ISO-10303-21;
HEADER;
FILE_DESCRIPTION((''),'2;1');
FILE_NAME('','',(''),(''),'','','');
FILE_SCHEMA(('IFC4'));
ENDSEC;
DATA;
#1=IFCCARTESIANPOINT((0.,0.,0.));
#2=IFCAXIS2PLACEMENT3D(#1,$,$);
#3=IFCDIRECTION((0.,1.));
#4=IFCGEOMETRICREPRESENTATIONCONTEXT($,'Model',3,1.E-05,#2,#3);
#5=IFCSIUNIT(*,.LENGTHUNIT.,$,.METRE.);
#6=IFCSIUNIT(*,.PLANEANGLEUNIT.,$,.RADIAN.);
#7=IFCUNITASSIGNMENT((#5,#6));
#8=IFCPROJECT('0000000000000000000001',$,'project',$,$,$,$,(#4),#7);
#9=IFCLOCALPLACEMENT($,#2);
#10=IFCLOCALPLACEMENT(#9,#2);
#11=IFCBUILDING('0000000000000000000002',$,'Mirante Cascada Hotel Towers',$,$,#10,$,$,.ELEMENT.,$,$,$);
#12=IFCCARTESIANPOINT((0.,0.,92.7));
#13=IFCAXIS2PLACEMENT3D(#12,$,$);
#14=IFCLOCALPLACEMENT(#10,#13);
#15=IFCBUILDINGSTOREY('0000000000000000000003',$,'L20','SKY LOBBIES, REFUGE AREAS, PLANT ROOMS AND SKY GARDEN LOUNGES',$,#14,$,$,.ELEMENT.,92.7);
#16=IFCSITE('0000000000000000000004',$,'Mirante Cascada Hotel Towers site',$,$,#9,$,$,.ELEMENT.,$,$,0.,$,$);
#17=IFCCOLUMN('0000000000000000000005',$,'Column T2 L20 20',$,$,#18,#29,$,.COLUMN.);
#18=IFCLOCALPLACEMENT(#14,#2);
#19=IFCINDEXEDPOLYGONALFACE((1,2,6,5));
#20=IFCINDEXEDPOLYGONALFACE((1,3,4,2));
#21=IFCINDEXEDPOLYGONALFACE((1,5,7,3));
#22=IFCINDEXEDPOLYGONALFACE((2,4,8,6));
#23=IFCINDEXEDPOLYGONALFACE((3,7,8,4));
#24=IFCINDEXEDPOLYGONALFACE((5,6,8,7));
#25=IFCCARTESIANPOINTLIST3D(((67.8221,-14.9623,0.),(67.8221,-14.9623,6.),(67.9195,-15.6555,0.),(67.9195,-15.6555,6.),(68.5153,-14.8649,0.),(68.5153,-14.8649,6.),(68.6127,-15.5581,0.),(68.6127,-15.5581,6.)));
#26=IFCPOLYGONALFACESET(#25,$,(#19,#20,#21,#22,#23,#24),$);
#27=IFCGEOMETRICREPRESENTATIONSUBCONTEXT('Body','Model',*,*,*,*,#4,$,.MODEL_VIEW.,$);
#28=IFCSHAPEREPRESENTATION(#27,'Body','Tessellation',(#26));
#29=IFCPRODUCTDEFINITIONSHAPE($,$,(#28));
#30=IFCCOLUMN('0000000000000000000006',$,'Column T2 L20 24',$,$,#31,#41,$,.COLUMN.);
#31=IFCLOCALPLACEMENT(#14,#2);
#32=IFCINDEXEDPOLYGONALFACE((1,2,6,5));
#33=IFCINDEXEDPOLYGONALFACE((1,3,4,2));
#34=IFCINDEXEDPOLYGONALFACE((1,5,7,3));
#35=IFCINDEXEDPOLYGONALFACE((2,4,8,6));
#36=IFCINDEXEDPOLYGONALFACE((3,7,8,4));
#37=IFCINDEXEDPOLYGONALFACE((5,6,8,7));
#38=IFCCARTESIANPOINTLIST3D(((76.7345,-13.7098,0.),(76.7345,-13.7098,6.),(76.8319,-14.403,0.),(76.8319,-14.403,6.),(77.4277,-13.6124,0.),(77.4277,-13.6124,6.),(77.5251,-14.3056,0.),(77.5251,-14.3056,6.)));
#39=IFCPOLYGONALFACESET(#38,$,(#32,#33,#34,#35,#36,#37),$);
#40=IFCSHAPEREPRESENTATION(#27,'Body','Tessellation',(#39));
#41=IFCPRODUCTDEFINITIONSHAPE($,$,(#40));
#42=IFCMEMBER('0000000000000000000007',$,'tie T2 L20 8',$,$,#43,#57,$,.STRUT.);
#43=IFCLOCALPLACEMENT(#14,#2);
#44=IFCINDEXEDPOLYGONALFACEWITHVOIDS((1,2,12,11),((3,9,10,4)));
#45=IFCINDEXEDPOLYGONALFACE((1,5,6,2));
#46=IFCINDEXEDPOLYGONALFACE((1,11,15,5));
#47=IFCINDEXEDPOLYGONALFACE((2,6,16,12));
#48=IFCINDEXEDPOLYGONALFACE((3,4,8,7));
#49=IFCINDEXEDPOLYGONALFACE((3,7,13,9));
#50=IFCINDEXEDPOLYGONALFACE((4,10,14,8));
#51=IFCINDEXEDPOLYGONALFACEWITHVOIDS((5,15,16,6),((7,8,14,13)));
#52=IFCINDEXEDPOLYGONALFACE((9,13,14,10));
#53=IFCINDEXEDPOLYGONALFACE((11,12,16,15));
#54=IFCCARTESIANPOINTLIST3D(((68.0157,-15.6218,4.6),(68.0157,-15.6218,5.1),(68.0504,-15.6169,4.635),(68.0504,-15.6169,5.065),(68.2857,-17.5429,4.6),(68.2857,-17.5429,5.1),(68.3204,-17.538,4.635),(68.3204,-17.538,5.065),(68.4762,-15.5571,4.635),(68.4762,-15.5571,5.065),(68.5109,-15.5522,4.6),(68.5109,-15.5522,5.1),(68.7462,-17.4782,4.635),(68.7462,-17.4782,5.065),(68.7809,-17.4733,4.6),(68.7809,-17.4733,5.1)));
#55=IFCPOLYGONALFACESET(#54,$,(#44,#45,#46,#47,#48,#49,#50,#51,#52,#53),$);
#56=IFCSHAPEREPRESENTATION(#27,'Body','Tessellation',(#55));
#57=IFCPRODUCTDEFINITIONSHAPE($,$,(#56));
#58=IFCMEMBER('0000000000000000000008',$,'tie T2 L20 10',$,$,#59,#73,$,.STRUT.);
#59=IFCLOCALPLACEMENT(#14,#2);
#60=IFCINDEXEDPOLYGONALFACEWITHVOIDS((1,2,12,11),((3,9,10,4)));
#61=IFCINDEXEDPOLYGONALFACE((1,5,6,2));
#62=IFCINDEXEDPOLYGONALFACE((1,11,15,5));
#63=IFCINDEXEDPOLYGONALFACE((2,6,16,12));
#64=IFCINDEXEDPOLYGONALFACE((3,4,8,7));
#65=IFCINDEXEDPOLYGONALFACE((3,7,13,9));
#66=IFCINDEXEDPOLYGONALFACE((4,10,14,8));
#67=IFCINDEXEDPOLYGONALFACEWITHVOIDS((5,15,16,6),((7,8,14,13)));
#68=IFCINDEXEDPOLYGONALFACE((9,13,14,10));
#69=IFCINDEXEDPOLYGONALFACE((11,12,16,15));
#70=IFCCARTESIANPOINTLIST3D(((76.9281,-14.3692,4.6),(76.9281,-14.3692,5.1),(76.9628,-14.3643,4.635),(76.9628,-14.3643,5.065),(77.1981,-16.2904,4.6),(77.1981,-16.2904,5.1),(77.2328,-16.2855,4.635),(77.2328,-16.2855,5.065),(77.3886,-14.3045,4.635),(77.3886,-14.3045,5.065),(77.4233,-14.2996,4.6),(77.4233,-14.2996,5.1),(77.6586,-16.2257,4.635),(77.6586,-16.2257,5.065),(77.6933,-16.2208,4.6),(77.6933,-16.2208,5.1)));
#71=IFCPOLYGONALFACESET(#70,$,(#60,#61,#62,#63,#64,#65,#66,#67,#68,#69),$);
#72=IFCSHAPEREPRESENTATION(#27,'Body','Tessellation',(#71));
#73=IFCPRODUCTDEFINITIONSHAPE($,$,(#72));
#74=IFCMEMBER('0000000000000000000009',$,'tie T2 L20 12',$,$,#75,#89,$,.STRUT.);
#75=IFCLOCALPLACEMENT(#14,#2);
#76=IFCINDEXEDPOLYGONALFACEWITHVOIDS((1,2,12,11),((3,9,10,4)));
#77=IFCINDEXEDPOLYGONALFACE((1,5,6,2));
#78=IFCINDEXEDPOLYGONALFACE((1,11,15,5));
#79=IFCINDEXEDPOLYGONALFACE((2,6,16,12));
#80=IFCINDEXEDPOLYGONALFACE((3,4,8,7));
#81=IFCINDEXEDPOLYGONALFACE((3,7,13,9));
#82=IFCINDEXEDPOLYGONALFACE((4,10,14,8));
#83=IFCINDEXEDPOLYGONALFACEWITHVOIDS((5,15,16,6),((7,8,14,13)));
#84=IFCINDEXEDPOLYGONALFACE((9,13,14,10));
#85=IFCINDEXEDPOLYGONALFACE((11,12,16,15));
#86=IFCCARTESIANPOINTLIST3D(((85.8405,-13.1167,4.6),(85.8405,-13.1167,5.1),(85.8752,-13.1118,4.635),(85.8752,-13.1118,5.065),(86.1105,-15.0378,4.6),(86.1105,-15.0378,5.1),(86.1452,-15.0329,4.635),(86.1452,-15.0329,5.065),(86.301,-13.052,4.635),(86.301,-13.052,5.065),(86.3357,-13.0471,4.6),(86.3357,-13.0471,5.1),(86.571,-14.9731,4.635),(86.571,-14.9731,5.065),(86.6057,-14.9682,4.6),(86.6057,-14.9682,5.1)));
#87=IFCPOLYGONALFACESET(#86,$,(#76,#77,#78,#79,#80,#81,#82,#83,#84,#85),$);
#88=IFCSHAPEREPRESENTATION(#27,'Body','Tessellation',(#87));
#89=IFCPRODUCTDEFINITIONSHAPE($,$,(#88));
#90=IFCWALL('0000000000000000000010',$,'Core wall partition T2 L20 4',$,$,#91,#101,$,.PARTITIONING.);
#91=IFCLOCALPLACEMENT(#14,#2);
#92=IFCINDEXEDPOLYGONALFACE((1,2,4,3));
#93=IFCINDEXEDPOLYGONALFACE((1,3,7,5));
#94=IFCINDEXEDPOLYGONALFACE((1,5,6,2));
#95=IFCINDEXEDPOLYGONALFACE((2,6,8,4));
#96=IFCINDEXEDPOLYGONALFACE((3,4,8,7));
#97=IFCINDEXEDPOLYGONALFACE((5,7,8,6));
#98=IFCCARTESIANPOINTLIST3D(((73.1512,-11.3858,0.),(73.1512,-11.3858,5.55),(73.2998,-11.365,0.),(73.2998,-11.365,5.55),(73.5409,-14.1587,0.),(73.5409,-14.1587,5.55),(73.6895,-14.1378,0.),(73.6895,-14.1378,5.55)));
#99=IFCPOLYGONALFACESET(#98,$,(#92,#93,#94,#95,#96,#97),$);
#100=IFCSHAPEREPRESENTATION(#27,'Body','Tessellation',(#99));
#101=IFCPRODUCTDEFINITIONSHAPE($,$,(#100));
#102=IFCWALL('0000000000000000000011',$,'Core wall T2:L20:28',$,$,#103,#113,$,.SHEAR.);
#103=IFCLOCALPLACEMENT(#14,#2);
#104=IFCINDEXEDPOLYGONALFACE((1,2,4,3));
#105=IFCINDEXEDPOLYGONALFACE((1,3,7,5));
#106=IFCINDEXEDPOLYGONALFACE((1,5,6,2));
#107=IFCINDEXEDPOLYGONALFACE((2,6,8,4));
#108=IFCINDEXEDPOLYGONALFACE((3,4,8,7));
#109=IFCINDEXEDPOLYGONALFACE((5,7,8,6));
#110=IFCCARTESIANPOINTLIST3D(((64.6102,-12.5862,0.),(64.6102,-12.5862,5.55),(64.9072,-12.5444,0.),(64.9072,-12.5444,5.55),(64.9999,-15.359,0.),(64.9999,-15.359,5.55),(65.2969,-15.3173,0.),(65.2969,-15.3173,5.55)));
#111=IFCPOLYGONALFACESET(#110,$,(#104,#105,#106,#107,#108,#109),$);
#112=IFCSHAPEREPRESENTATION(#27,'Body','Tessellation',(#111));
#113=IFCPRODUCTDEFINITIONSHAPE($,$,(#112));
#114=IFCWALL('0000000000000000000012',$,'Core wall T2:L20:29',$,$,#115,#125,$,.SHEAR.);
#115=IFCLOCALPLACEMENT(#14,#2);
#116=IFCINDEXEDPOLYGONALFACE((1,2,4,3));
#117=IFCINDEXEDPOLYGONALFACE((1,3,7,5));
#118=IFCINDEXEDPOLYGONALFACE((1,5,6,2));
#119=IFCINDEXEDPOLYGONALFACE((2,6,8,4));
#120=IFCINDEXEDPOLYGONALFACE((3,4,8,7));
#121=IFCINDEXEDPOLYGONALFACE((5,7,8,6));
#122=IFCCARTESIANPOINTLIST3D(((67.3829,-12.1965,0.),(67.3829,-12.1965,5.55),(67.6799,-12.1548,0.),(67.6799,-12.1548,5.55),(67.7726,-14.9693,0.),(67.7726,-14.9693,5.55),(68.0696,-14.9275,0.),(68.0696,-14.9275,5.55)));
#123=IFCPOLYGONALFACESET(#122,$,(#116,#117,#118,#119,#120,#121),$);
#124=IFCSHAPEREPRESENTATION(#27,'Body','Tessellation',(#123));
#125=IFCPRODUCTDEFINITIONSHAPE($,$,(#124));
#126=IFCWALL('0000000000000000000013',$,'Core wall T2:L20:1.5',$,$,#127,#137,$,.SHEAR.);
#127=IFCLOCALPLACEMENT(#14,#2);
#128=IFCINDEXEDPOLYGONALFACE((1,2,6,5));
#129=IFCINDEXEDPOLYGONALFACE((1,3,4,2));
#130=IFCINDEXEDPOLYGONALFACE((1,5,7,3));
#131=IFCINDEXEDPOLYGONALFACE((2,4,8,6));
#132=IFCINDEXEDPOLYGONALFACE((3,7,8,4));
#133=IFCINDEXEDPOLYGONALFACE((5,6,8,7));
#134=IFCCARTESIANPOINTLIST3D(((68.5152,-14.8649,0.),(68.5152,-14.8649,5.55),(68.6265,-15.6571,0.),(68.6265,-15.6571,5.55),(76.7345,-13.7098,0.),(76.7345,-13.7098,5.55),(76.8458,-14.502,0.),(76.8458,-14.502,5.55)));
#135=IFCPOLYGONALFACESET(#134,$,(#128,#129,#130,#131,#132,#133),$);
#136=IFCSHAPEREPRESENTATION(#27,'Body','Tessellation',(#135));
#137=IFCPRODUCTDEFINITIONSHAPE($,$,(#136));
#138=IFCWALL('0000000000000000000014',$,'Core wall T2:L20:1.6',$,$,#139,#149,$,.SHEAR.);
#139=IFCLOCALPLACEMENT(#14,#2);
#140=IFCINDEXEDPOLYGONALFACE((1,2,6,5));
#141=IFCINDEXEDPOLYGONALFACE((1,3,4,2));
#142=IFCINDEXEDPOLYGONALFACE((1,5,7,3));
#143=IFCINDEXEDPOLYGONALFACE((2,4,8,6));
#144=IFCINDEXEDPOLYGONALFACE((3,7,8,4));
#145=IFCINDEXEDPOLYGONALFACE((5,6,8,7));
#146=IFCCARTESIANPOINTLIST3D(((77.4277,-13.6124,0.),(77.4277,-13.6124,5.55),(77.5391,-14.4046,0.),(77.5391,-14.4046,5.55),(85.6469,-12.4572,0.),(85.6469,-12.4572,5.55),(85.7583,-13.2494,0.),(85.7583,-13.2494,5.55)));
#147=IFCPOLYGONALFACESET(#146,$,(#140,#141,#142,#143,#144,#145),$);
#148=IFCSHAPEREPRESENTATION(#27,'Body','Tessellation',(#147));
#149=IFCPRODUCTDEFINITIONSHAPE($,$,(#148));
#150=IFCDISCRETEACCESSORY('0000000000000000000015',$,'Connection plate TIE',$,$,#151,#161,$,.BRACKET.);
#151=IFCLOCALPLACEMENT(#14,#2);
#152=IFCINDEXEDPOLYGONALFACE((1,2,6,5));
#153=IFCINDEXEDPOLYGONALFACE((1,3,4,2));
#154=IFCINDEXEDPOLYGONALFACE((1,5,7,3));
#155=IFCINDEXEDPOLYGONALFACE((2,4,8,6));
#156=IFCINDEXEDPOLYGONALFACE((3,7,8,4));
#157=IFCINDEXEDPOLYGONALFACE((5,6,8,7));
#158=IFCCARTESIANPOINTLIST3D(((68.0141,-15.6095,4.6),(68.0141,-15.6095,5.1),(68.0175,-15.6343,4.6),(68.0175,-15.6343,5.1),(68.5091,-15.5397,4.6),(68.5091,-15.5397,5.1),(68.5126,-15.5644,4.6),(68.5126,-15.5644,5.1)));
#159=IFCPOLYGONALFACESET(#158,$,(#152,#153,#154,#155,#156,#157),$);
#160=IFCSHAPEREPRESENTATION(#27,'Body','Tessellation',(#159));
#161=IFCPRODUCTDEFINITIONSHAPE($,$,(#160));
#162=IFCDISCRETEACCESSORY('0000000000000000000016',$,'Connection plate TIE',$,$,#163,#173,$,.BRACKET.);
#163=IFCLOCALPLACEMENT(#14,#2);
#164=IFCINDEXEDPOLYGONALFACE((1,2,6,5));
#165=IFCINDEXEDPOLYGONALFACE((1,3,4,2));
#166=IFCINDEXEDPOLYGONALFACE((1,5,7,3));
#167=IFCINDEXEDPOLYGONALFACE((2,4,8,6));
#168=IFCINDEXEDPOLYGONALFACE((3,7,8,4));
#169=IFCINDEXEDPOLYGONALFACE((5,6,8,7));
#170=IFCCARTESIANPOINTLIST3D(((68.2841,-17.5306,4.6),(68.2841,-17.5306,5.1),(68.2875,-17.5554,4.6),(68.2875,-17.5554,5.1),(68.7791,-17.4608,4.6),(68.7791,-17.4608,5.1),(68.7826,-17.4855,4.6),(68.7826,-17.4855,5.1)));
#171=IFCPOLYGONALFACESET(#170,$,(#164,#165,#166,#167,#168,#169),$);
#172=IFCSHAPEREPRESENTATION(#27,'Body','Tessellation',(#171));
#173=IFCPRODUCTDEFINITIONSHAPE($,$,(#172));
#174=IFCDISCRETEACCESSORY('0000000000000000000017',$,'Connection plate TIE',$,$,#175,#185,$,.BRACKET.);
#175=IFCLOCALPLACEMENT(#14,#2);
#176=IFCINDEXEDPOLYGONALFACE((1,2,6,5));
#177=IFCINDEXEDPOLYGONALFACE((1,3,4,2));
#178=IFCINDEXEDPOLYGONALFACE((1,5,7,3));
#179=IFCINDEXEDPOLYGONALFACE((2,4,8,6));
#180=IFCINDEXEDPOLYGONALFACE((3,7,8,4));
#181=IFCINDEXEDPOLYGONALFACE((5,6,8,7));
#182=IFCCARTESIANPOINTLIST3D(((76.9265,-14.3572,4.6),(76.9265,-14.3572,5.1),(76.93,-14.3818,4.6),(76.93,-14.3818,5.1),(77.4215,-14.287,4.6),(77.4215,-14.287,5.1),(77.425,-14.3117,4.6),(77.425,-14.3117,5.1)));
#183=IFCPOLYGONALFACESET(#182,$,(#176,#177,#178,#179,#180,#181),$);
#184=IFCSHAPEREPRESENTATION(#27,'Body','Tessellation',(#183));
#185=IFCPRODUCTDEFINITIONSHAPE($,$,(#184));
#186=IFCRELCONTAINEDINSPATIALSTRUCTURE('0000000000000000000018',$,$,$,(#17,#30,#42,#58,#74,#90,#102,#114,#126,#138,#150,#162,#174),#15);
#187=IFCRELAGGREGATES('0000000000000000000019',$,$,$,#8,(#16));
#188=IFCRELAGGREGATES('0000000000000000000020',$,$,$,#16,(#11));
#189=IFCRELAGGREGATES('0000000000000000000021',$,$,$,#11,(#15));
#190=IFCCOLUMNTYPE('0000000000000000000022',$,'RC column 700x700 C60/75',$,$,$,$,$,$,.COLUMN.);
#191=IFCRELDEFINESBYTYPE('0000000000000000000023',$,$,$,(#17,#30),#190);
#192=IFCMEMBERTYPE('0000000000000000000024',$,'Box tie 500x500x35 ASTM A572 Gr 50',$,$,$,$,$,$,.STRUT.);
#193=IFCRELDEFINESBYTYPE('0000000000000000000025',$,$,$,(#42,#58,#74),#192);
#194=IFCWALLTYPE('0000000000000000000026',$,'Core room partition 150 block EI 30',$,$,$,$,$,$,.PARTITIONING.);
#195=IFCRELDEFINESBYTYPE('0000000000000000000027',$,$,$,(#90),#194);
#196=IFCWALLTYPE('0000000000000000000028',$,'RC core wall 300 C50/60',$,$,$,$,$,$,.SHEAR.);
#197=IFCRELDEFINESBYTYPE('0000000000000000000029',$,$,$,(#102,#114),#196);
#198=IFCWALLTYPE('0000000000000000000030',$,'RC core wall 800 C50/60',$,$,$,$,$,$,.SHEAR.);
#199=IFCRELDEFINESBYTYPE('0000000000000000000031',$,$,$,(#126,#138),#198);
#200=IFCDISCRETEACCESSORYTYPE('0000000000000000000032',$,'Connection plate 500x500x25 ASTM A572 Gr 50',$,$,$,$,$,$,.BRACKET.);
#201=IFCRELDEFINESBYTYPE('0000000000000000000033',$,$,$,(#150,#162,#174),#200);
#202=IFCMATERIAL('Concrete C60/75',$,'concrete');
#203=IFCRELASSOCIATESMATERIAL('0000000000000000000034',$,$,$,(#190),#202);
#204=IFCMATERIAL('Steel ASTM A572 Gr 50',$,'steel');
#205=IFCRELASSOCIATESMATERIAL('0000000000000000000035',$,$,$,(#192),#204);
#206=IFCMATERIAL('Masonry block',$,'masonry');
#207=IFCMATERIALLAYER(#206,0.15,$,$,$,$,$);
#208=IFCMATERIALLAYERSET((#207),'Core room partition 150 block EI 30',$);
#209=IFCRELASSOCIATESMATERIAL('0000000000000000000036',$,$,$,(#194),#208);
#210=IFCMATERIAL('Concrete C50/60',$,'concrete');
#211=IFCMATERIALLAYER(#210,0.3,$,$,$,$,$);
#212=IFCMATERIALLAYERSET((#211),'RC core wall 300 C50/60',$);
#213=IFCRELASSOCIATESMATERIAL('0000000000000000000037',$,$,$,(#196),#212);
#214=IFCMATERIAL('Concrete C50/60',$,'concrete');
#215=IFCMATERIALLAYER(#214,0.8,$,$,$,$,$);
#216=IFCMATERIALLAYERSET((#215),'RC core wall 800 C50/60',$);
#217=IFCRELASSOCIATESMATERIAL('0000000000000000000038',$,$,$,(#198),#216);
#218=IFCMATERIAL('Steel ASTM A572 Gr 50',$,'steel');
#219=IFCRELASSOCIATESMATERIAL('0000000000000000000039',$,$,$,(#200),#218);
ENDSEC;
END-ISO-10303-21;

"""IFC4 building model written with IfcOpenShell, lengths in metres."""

from ifc_helpers import new_model, si_unit, direction, frame, frame_2d, origin, origin_2d, place, context, subcontext, project, spatial, rectangle, hollow_rectangle, extrude, material, layer, layer_set, material_profile, profile_set, type_object, element, save


model = new_model("IFC4")

# Units and contexts
model_context = context("Model", 3, precision=1e-05, world=origin(), true_north=direction((0.0, 1.0)))
body_context = subcontext(model_context, "Body", "Model", "MODEL_VIEW")
ifc_project = project(units=[si_unit("LENGTHUNIT", "METRE"), si_unit("PLANEANGLEUNIT", "RADIAN")], contexts=[model_context])

# Site, building, storey
site_placement = place(None, origin())
site = spatial("IfcSite", under=ifc_project, at=site_placement, Name="Mirante Cascada Hotel Towers site", CompositionType="ELEMENT", RefElevation=0.0)
building_placement = place(site_placement, origin())
building = spatial("IfcBuilding", under=site, at=building_placement, Name="Mirante Cascada Hotel Towers", CompositionType="ELEMENT")
storey_placement = place(building_placement, frame((0.0, 0.0, 92.7)))
storey = spatial("IfcBuildingStorey", under=building, at=storey_placement, Name="L20", Description="SKY LOBBIES, REFUGE AREAS, PLANT ROOMS AND SKY GARDEN LOUNGES", CompositionType="ELEMENT", Elevation=92.7)

# Columns
ifc_material_1 = material(Name="Concrete C60/75", Category="concrete")
ifc_material_profile_1 = material_profile(ifc_material_1, rectangle(XDim=0.7, YDim=0.7, at=origin_2d()), Name="RC column 700x700 C60/75")
ifc_profile_set_1 = profile_set([ifc_material_profile_1], Name="Concrete C60/75")
column_type = type_object("IfcColumnType", Name="RC column 700x700 C60/75", PredefinedType="COLUMN", material=ifc_profile_set_1)
for number, where, z_axis, x_axis, name in (
    (1, (68.2174, -15.2602, 0.0), (0.0, 0.0, 1.0), (0.990268, 0.139173, 0.0), "Column T2 L20 20"),
    (2, (77.1298, -14.0077, 0.0), (0.0, 0.0, 1.0), (0.990268, 0.139173, 0.0), "Column T2 L20 24"),
):
    element("IfcColumn", number, at=place(storey_placement, frame(where, z_axis=z_axis, x_axis=x_axis)), inside=storey, type_object=column_type, Name=name, PredefinedType="COLUMN", context=body_context, shape_type="SweptSolid", body=[
        extrude(rectangle(XDim=0.7, YDim=0.7, at=origin_2d()), origin(), (0.0, 0.0, 1.0), 6.0),
    ])

# Members
ifc_material_2 = material(Name="Steel ASTM A572 Gr 50", Category="steel")
ifc_material_profile_2 = material_profile(ifc_material_2, hollow_rectangle(XDim=0.5, YDim=0.5, WallThickness=0.035, at=origin_2d()), Name="Box tie 500x500x35 ASTM A572 Gr 50")
ifc_profile_set_2 = profile_set([ifc_material_profile_2], Name="Steel ASTM A572 Gr 50")
member_type = type_object("IfcMemberType", Name="Box tie 500x500x35 ASTM A572 Gr 50", PredefinedType="STRUT", material=ifc_profile_set_2)
member_1_placement = place(storey_placement, frame((68.2633, -15.587, 4.85), z_axis=(0.139177, -0.990268, 0.0), x_axis=(0.990268, 0.139177, 0.0)))
element("IfcMember", 3, at=member_1_placement, inside=storey, type_object=member_type, Name="tie T2 L20 8", PredefinedType="STRUT", context=body_context, shape_type="SweptSolid", body=[
    extrude(hollow_rectangle(XDim=0.5, YDim=0.5, WallThickness=0.035, at=origin_2d()), origin(), (0.0, 0.0, 1.0), 1.94),
])
member_2_placement = place(storey_placement, frame((77.1757, -14.3344, 4.85), z_axis=(0.13917, -0.990269, 0.0), x_axis=(0.990269, 0.13917, 0.0)))
element("IfcMember", 4, at=member_2_placement, inside=storey, type_object=member_type, Name="tie T2 L20 10", PredefinedType="STRUT", context=body_context, shape_type="SweptSolid", body=[
    extrude(hollow_rectangle(XDim=0.5, YDim=0.5, WallThickness=0.035, at=origin_2d()), origin(), (0.0, 0.0, 1.0), 1.9401),
])
member_3_placement = place(storey_placement, frame((86.0881, -13.0819, 4.85), z_axis=(0.139177, -0.990268, 0.0), x_axis=(0.990268, 0.139177, 0.0)))
element("IfcMember", 5, at=member_3_placement, inside=storey, type_object=member_type, Name="tie T2 L20 12", PredefinedType="STRUT", context=body_context, shape_type="SweptSolid", body=[
    extrude(hollow_rectangle(XDim=0.5, YDim=0.5, WallThickness=0.035, at=origin_2d()), origin(), (0.0, 0.0, 1.0), 1.94),
])

# Walls
ifc_material_3 = material(Name="Masonry block", Category="masonry")
ifc_layer_1 = layer(ifc_material_3, 0.15)
ifc_layer_set_1 = layer_set([ifc_layer_1], Name="Core room partition 150 block EI 30")
wall_type_1 = type_object("IfcWallType", Name="Core room partition 150 block EI 30", PredefinedType="PARTITIONING", material=ifc_layer_set_1)
wall_1_placement = place(storey_placement, frame((73.6152, -14.1482, 0.0), z_axis=(0.0, 0.0, 1.0), x_axis=(-0.139176, 0.990268, 0.0)))
element("IfcWall", 6, at=wall_1_placement, inside=storey, type_object=wall_type_1, Name="Core wall partition T2 L20 4", PredefinedType="PARTITIONING", context=body_context, shape_type="SweptSolid", body=[
    extrude(rectangle(XDim=2.8001, YDim=0.15, at=frame_2d((1.4, 0.0))), origin(), (0.0, 0.0, 1.0), 5.55),
])
ifc_material_4 = material(Name="Concrete C50/60", Category="concrete")
ifc_layer_2 = layer(ifc_material_4, 0.3)
ifc_layer_set_2 = layer_set([ifc_layer_2], Name="RC core wall 300 C50/60")
wall_type_2 = type_object("IfcWallType", Name="RC core wall 300 C50/60", PredefinedType="SHEAR", material=ifc_layer_set_2)
wall_2_placement = place(storey_placement, frame((65.1484, -15.3381, 0.0), z_axis=(0.0, 0.0, 1.0), x_axis=(-0.139176, 0.990268, 0.0)))
element("IfcWall", 7, at=wall_2_placement, inside=storey, type_object=wall_type_2, Name="Core wall T2:L20:28", PredefinedType="SHEAR", context=body_context, shape_type="SweptSolid", body=[
    extrude(rectangle(XDim=2.8001, YDim=0.3, at=frame_2d((1.4, 0.0))), origin(), (0.0, 0.0, 1.0), 5.55),
])
wall_3_placement = place(storey_placement, frame((67.9211, -14.9484, 0.0), z_axis=(0.0, 0.0, 1.0), x_axis=(-0.139181, 0.990267, 0.0)))
element("IfcWall", 8, at=wall_3_placement, inside=storey, type_object=wall_type_2, Name="Core wall T2:L20:29", PredefinedType="SHEAR", context=body_context, shape_type="SweptSolid", body=[
    extrude(rectangle(XDim=2.8, YDim=0.3, at=frame_2d((1.4, 0.0))), origin(), (0.0, 0.0, 1.0), 5.55),
])
ifc_material_5 = material(Name="Concrete C50/60", Category="concrete")
ifc_layer_3 = layer(ifc_material_5, 0.8)
ifc_layer_set_3 = layer_set([ifc_layer_3], Name="RC core wall 800 C50/60")
wall_type_3 = type_object("IfcWallType", Name="RC core wall 800 C50/60", PredefinedType="SHEAR", material=ifc_layer_set_3)
wall_4_placement = place(storey_placement, frame((68.5709, -15.261, 0.0), z_axis=(0.0, 0.0, 1.0), x_axis=(0.990269, 0.139167, 0.0)))
element("IfcWall", 9, at=wall_4_placement, inside=storey, type_object=wall_type_3, Name="Core wall T2:L20:1.5", PredefinedType="SHEAR", context=body_context, shape_type="SweptSolid", body=[
    extrude(rectangle(XDim=8.3001, YDim=0.8, at=frame_2d((4.15, 0.0))), origin(), (0.0, 0.0, 1.0), 5.55),
])
wall_5_placement = place(storey_placement, frame((77.4834, -14.0085, 0.0), z_axis=(0.0, 0.0, 1.0), x_axis=(0.990267, 0.139181, 0.0)))
element("IfcWall", 10, at=wall_5_placement, inside=storey, type_object=wall_type_3, Name="Core wall T2:L20:1.6", PredefinedType="SHEAR", context=body_context, shape_type="SweptSolid", body=[
    extrude(rectangle(XDim=8.3, YDim=0.8, at=frame_2d((4.15, 0.0))), origin(), (0.0, 0.0, 1.0), 5.55),
])

# Discrete accessories
ifc_material_6 = material(Name="Steel ASTM A572 Gr 50", Category="steel")
ifc_material_profile_3 = material_profile(ifc_material_6, rectangle(XDim=0.5, YDim=0.5, at=origin_2d()), Name="Connection plate 500x500x25 ASTM A572 Gr 50")
ifc_profile_set_3 = profile_set([ifc_material_profile_3], Name="Steel ASTM A572 Gr 50")
discrete_accessory_type_1 = type_object("IfcDiscreteAccessoryType", Name="Connection plate 500x500x25 ASTM A572 Gr 50", PredefinedType="BRACKET", material=ifc_profile_set_3)
for number, where, z_axis, x_axis, name in (
    (11, (68.2616, -15.5746, 4.85), (0.139744, -0.990188, 0.0), (0.990188, 0.139744, 0.0), "Connection plate TIE"),
    (12, (68.5316, -17.4957, 4.85), (0.139744, -0.990188, 0.0), (0.990188, 0.139744, 0.0), "Connection plate TIE"),
):
    element("IfcDiscreteAccessory", number, at=place(storey_placement, frame(where, z_axis=z_axis, x_axis=x_axis)), inside=storey, type_object=discrete_accessory_type_1, Name=name, PredefinedType="BRACKET", context=body_context, shape_type="SweptSolid", body=[
        extrude(rectangle(XDim=0.5, YDim=0.5, at=origin_2d()), origin(), (0.0, 0.0, 1.0), 0.025),
    ])
for number, where, z_axis, x_axis, name in (
    (13, (77.174, -14.3221, 4.85), (0.140299, -0.990109, 0.0), (0.990109, 0.140299, 0.0), "Connection plate TIE"),
):
    element("IfcDiscreteAccessory", number, at=place(storey_placement, frame(where, z_axis=z_axis, x_axis=x_axis)), inside=storey, type_object=discrete_accessory_type_1, Name=name, PredefinedType="BRACKET", context=body_context, shape_type="SweptSolid", body=[
        extrude(rectangle(XDim=0.5, YDim=0.5, at=origin_2d()), origin(), (0.0, 0.0, 1.0), 0.0249),
    ])

save(model, "model.ifc")
